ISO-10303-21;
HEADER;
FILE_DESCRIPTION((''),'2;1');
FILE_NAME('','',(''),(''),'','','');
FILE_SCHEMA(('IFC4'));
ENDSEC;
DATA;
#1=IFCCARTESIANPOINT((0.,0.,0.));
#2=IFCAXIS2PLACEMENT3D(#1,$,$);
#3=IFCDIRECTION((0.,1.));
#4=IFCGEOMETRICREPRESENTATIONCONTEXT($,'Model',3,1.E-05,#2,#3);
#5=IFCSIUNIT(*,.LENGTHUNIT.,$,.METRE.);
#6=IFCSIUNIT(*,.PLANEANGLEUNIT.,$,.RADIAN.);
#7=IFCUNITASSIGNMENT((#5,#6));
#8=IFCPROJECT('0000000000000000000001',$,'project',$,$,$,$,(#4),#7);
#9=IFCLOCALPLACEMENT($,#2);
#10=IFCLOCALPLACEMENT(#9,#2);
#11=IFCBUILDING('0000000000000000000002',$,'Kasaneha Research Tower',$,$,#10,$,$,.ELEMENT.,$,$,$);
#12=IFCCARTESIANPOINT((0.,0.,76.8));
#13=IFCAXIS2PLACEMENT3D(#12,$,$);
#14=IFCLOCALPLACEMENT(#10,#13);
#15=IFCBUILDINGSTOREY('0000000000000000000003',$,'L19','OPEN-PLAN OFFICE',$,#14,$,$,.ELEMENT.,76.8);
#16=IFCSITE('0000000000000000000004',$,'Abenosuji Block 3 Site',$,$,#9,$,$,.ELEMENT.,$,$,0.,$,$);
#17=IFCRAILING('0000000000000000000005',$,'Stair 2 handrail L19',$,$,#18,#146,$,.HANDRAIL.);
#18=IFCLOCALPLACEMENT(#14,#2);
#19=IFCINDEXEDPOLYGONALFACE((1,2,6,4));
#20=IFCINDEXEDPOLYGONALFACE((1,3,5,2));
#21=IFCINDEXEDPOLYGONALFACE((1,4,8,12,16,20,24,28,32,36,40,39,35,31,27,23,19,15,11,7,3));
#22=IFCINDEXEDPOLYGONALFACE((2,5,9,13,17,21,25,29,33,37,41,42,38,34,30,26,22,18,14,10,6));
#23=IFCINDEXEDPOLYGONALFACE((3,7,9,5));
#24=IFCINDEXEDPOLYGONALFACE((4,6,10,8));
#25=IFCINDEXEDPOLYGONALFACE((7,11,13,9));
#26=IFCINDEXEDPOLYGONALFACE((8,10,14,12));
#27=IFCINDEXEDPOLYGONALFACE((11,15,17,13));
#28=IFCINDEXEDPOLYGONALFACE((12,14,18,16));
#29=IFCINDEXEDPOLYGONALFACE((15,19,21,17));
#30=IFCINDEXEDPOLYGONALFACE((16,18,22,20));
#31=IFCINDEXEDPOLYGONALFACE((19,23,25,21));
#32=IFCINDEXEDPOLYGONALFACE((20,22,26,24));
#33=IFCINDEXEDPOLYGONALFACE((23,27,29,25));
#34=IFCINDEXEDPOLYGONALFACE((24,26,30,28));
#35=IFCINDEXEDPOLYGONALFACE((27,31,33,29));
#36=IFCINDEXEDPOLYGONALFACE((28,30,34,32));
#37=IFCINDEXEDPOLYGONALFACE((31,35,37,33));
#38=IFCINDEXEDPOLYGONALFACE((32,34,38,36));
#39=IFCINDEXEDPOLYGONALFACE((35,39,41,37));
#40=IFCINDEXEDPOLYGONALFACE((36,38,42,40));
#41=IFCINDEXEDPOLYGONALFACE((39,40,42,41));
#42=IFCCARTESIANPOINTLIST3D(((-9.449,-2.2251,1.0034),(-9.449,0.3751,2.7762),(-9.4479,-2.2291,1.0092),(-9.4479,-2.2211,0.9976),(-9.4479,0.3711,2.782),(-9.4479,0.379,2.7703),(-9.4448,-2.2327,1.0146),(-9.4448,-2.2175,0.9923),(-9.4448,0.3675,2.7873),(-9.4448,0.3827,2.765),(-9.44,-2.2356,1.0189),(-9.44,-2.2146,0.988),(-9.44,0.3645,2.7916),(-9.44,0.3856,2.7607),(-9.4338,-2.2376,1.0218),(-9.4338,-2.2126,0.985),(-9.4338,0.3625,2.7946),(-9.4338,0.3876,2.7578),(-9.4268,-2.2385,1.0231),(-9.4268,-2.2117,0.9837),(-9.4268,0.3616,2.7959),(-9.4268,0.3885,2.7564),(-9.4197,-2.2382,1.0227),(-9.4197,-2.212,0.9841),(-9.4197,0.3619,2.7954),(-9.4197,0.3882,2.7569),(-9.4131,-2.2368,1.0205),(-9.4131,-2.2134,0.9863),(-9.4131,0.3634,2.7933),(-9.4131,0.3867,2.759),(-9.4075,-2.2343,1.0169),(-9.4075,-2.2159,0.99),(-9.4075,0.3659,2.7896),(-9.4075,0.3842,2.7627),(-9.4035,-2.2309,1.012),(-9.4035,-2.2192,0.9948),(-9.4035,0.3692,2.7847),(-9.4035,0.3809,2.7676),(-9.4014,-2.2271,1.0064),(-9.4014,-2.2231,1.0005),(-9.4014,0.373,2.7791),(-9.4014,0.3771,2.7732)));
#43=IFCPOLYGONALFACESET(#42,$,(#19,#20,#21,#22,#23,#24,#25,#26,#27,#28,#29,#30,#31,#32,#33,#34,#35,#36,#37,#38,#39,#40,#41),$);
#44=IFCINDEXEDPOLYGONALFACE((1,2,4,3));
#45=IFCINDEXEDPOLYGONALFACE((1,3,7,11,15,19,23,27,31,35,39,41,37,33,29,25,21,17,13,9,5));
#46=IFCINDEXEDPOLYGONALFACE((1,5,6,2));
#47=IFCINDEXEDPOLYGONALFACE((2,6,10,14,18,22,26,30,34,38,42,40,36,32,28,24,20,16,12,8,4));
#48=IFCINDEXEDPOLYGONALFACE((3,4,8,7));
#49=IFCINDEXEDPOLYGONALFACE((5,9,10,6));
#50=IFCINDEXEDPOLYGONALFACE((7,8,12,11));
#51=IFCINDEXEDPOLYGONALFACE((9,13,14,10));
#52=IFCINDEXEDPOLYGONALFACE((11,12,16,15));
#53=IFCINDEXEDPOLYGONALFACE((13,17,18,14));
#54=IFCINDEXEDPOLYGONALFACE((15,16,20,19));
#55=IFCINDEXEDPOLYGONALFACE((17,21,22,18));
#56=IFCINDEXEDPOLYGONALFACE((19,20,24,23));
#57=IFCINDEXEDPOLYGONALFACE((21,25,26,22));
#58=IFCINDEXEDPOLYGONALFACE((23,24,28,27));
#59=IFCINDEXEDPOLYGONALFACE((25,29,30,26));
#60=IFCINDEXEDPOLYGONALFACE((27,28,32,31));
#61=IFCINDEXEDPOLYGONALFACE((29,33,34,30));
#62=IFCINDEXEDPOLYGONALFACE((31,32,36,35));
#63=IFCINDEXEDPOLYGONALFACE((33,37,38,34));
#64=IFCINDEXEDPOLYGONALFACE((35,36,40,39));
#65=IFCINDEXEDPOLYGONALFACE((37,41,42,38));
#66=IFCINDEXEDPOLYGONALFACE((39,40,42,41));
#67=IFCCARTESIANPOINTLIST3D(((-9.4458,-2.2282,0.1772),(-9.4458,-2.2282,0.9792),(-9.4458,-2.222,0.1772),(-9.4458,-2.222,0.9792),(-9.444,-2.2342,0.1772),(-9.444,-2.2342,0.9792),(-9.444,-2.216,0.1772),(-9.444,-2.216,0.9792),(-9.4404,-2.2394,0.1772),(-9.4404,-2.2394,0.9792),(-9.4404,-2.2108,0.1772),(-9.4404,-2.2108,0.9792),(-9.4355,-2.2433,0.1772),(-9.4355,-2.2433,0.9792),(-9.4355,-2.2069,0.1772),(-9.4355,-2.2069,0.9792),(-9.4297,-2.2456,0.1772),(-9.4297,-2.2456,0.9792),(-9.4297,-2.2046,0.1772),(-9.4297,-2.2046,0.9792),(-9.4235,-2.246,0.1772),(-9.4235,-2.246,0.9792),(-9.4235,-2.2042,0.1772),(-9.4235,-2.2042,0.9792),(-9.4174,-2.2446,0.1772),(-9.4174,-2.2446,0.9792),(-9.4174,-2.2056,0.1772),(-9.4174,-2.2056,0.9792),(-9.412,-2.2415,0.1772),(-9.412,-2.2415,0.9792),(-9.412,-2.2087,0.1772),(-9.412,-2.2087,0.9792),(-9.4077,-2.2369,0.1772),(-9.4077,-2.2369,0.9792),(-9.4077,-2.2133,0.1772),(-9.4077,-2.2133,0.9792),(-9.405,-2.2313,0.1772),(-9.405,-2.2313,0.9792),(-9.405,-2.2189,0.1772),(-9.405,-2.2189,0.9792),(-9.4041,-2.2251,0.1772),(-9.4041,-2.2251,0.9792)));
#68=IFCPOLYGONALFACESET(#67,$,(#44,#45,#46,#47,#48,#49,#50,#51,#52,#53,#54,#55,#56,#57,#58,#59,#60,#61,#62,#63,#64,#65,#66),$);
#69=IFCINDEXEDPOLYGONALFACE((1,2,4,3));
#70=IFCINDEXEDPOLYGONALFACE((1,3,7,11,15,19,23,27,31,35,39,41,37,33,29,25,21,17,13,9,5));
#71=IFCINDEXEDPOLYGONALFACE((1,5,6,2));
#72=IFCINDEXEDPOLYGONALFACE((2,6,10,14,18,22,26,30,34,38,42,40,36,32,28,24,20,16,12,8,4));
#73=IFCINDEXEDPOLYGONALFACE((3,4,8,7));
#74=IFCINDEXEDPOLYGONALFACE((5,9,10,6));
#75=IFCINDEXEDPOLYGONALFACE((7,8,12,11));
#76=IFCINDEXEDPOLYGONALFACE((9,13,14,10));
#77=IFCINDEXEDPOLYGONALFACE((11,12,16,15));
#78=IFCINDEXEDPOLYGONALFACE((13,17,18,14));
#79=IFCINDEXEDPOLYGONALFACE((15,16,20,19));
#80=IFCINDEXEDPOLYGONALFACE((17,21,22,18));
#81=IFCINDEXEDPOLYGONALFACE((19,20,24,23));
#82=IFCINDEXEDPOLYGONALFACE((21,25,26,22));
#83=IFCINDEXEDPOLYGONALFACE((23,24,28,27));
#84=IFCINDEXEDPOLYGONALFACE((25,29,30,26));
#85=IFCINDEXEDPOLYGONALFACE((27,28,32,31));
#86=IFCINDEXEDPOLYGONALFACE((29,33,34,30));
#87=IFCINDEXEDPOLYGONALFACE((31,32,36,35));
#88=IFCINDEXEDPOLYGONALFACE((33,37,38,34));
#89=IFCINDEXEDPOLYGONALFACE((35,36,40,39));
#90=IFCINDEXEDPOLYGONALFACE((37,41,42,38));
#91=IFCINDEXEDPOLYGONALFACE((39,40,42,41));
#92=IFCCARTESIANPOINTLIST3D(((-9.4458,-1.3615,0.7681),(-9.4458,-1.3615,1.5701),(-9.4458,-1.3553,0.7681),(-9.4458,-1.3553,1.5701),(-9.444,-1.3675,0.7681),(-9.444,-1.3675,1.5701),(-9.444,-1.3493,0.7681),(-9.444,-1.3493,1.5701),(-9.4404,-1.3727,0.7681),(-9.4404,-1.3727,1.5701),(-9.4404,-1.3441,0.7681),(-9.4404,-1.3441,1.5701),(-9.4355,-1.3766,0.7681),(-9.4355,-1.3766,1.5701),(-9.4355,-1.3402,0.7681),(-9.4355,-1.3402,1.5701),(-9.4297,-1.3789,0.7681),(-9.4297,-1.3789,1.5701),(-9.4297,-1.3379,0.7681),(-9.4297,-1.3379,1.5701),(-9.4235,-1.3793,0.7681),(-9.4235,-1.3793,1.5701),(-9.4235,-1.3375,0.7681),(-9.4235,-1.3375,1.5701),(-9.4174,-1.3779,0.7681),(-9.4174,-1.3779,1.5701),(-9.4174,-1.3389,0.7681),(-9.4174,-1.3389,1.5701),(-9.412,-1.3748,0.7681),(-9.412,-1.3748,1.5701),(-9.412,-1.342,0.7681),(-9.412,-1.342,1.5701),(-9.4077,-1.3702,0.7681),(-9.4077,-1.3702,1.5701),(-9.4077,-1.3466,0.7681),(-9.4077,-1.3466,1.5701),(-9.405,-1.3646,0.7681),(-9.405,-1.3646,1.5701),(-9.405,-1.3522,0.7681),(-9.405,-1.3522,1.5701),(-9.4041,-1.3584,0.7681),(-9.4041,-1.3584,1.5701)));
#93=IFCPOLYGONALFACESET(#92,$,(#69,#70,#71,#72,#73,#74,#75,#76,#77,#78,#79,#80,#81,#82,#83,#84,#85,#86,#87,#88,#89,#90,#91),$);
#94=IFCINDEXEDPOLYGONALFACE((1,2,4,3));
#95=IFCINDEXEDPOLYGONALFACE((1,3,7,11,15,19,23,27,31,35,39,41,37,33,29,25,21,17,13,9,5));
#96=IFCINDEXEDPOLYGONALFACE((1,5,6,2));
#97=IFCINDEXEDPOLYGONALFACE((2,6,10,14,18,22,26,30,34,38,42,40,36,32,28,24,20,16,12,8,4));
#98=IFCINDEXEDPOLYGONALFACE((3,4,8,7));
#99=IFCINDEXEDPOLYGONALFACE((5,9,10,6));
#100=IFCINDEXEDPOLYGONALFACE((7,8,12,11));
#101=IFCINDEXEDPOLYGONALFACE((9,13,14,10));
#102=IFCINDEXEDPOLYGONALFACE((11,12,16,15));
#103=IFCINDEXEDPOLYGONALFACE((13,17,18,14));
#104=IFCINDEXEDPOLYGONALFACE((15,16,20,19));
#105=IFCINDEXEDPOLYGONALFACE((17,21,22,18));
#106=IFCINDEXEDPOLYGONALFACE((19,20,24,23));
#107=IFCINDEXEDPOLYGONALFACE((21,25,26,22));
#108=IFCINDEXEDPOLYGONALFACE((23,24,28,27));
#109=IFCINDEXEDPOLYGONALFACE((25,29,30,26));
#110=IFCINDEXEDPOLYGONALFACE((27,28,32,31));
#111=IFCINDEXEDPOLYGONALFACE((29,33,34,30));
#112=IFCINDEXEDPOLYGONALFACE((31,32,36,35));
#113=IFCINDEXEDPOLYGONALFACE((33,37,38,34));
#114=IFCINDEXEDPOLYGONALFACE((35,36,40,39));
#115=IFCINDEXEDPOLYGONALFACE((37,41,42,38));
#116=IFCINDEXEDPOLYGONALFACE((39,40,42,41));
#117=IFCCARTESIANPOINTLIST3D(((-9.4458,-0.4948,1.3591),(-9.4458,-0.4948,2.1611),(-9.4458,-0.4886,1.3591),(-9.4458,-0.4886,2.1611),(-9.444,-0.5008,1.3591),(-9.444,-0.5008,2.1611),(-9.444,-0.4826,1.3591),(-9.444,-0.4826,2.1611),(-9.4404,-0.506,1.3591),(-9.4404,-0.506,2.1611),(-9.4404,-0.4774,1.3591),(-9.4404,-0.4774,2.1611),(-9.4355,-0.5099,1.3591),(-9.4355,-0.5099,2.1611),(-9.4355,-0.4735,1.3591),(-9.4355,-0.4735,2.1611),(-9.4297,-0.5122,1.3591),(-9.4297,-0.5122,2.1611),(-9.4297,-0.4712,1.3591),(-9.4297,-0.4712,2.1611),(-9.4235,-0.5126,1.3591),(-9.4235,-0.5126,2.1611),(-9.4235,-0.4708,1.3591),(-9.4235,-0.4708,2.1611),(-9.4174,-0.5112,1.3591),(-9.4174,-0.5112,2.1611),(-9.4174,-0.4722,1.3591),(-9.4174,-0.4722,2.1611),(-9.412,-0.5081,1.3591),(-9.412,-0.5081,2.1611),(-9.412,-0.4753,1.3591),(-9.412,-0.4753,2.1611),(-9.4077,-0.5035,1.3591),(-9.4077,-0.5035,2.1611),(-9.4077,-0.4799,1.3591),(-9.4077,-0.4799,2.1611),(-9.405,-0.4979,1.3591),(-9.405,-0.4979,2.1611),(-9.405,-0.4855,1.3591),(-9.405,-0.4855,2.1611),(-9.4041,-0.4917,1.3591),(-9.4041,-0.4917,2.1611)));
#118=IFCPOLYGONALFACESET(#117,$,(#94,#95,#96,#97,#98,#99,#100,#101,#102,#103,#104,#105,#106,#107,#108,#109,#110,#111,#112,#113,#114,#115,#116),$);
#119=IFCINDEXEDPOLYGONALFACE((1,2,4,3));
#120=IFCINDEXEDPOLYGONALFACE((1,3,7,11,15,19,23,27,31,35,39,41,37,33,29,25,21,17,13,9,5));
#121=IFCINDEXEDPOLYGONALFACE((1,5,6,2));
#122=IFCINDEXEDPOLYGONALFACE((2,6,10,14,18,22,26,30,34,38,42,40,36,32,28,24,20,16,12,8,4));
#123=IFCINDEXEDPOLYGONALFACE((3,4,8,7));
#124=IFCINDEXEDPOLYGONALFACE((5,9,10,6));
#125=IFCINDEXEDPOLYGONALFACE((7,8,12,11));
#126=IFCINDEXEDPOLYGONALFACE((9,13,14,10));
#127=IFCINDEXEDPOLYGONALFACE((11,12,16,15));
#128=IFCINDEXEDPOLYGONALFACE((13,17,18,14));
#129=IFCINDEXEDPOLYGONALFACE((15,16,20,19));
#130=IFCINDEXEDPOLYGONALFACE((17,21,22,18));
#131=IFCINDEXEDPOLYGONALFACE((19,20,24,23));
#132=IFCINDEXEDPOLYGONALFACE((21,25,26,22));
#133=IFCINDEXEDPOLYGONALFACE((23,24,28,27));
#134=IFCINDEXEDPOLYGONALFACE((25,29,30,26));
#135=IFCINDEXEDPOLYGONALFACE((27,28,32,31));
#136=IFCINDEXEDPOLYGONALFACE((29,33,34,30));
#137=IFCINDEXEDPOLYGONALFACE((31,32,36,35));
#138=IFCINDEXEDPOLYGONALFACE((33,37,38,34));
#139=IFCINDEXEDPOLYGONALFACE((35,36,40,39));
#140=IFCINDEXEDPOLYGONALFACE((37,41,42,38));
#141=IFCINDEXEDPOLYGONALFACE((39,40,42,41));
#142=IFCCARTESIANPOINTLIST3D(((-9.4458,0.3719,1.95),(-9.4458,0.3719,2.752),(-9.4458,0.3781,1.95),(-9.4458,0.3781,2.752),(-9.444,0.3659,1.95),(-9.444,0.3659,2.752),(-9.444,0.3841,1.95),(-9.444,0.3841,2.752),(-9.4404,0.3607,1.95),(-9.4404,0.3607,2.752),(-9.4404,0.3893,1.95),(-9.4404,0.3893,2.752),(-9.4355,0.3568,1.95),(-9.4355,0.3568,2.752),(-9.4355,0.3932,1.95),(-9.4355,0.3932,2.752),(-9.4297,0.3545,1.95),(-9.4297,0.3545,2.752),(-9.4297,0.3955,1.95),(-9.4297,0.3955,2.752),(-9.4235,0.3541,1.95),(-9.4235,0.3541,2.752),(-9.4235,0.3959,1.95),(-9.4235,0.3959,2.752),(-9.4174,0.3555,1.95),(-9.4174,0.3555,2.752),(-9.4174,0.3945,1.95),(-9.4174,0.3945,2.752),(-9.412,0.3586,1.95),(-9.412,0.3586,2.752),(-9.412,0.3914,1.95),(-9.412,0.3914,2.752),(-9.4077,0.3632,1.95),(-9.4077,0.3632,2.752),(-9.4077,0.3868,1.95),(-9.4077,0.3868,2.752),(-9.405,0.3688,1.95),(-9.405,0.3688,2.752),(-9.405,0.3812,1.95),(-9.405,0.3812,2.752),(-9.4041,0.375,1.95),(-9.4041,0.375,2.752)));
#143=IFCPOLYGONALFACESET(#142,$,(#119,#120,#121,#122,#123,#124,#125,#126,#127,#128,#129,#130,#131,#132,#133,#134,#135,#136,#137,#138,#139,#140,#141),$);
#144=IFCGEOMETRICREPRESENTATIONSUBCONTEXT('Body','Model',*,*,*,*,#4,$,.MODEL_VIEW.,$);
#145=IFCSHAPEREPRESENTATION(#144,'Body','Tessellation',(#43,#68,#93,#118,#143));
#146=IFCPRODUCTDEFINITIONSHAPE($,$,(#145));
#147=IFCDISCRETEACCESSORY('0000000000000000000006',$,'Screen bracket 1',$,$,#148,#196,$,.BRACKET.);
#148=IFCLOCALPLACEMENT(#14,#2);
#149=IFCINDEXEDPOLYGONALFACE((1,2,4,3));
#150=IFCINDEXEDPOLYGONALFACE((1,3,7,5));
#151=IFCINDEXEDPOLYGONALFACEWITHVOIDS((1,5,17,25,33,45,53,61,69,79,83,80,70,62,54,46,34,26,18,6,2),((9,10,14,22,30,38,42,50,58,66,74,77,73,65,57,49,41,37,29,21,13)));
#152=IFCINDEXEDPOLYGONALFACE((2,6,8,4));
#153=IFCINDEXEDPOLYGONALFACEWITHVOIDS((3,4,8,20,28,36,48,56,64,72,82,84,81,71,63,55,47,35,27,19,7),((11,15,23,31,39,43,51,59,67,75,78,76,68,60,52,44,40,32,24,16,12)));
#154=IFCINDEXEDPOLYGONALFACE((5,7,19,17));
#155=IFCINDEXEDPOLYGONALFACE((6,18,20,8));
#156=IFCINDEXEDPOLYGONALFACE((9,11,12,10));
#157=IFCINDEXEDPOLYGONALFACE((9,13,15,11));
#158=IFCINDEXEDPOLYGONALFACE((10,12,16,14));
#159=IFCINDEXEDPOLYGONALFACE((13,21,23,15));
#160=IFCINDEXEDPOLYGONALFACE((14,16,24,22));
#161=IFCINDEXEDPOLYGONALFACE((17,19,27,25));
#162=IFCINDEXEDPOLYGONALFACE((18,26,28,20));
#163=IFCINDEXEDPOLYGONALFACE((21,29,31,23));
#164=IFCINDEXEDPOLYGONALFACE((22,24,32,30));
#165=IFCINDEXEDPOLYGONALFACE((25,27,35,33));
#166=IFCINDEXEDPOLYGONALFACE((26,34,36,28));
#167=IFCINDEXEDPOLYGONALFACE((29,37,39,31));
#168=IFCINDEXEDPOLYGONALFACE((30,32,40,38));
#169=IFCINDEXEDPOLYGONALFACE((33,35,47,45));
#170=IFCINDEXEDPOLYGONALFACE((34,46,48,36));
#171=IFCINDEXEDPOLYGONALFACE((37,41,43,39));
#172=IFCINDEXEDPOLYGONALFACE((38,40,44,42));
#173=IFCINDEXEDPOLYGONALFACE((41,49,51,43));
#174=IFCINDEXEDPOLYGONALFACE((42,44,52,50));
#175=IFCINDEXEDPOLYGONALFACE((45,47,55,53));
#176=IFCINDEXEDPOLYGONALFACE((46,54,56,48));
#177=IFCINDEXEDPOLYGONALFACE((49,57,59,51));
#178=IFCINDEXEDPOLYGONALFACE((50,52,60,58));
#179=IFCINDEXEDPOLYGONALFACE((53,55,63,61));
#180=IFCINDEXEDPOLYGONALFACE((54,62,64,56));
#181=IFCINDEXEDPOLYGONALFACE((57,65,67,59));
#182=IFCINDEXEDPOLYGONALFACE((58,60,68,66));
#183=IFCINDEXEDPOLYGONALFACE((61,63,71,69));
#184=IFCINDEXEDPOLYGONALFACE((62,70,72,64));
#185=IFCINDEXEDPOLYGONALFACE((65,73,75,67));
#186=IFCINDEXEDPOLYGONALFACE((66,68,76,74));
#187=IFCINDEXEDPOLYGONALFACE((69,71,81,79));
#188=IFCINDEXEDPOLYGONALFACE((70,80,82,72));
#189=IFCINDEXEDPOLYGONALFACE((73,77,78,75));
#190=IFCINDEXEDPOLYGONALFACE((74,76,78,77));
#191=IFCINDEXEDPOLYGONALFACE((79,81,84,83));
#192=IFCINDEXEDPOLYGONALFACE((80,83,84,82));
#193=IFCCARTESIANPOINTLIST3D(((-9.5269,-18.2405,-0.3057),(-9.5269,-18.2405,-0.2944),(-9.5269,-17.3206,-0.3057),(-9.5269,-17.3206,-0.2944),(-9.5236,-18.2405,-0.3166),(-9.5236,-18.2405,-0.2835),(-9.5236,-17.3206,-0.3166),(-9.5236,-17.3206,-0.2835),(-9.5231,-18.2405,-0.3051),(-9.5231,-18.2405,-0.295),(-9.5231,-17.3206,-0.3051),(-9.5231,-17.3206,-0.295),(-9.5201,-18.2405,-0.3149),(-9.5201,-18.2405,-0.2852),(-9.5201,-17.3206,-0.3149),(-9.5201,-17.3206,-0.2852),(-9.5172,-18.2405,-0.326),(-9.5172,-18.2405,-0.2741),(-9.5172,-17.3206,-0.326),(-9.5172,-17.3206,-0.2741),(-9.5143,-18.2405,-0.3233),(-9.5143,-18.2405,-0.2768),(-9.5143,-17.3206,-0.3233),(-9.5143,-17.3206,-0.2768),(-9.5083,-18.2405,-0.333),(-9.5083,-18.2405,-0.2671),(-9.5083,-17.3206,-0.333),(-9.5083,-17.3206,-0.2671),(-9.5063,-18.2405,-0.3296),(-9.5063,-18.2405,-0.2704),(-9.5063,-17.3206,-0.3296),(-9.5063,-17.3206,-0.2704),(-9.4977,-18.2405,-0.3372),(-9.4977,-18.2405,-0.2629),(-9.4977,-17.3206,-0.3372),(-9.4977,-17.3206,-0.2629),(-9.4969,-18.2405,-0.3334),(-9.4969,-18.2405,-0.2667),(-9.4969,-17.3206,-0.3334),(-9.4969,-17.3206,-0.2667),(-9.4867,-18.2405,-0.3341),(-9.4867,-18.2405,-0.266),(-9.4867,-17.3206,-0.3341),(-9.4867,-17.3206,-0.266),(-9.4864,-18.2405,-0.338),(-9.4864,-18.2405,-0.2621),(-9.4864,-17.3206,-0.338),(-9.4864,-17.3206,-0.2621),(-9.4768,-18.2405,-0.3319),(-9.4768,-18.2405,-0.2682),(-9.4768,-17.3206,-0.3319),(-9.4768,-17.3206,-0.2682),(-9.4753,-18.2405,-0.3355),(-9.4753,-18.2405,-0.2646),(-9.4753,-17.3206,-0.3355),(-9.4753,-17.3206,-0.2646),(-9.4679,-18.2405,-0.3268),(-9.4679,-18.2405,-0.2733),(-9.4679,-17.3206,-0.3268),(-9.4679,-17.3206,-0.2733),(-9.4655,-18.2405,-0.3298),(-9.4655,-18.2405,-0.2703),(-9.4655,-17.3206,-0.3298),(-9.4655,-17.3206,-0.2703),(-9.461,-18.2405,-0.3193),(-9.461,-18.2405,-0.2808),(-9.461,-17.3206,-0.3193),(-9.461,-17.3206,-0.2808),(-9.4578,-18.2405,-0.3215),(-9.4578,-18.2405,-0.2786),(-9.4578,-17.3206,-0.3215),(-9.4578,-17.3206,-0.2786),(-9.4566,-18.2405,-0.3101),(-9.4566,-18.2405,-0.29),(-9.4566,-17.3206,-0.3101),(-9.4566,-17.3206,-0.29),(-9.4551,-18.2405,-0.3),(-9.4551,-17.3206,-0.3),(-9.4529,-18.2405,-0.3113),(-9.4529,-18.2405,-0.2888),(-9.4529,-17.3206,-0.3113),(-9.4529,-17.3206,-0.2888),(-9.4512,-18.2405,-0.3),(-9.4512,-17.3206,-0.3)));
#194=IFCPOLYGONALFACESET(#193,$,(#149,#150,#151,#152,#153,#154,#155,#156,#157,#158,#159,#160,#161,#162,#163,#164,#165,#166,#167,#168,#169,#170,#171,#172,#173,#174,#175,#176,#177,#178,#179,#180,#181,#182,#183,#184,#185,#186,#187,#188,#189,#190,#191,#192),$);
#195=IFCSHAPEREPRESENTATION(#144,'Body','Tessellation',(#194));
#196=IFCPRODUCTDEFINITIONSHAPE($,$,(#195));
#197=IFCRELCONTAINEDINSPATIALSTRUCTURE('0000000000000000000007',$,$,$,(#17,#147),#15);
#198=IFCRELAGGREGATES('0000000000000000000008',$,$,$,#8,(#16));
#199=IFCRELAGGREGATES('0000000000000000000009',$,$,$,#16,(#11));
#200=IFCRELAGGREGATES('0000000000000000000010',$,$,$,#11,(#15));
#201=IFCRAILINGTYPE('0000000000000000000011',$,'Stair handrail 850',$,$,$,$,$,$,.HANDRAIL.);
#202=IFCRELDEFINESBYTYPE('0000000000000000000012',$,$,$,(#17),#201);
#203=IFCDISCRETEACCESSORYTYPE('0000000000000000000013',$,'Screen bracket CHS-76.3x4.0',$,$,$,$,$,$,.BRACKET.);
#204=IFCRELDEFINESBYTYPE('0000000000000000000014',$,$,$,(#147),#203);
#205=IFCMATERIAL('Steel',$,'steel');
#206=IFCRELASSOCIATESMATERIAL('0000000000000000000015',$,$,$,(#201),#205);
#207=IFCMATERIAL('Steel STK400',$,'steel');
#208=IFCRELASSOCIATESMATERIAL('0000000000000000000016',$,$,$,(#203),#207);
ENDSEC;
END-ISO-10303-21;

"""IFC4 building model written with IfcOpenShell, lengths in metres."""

from ifc_helpers import new_model, si_unit, direction, frame, origin, origin_2d, place, context, subcontext, project, spatial, circle, hollow_circle, extrude, material, material_profile, profile_set, type_object, element, save


model = new_model("IFC4")

# Units and contexts
model_context = context("Model", 3, precision=1e-05, world=origin(), true_north=direction((0.0, 1.0)))
body_context = subcontext(model_context, "Body", "Model", "MODEL_VIEW")
ifc_project = project(units=[si_unit("LENGTHUNIT", "METRE"), si_unit("PLANEANGLEUNIT", "RADIAN")], contexts=[model_context])

# Site, building, storey
site_placement = place(None, origin())
site = spatial("IfcSite", under=ifc_project, at=site_placement, Name="Abenosuji Block 3 Site", CompositionType="ELEMENT", RefElevation=0.0)
building_placement = place(site_placement, origin())
building = spatial("IfcBuilding", under=site, at=building_placement, Name="Kasaneha Research Tower", CompositionType="ELEMENT")
storey_placement = place(building_placement, frame((0.0, 0.0, 76.8)))
storey = spatial("IfcBuildingStorey", under=building, at=storey_placement, Name="L19", Description="OPEN-PLAN OFFICE", CompositionType="ELEMENT", Elevation=76.8)

# Railing
ifc_material_1 = material(Name="Steel", Category="steel")
railing_type = type_object("IfcRailingType", Name="Stair handrail 850", PredefinedType="HANDRAIL", material=ifc_material_1)
railing_placement = place(storey_placement, frame((-9.425, -2.2251, 0.1772)))
element("IfcRailing", 1, at=railing_placement, inside=storey, type_object=railing_type, Name="Stair 2 handrail L19", PredefinedType="HANDRAIL", context=body_context, shape_type="SweptSolid", body=[
    extrude(circle(Radius=0.0239, at=origin_2d()), frame((0.0, 0.0, 0.8262), z_axis=(0.0, 0.82624, 0.563318), x_axis=(-1.0, 0.0, 0.0)), (0.0, 0.0, 1.0), 3.147),
    extrude(circle(Radius=0.021, at=origin_2d()), origin(), (0.0, 0.0, 1.0), 0.802),
    extrude(circle(Radius=0.021, at=origin_2d()), frame((0.0, 0.8667, 0.5908)), (0.0, 0.0, 1.0), 0.802),
    extrude(circle(Radius=0.021, at=origin_2d()), frame((0.0, 1.7334, 1.1819)), (0.0, 0.0, 1.0), 0.802),
    extrude(circle(Radius=0.021, at=origin_2d()), frame((0.0, 2.6001, 1.7727)), (0.0, 0.0, 1.0), 0.802),
])

# Discrete accessory
ifc_material_2 = material(Name="Steel STK400", Category="steel")
ifc_material_profile_1 = material_profile(ifc_material_2, hollow_circle(Radius=0.0381, WallThickness=0.0039, at=origin_2d()), Name="CHS-76.3x4.0")
ifc_profile_set_1 = profile_set([ifc_material_profile_1], Name="Steel STK400")
discrete_accessory_type = type_object("IfcDiscreteAccessoryType", Name="Screen bracket CHS-76.3x4.0", PredefinedType="BRACKET", material=ifc_profile_set_1)
discrete_accessory_placement = place(storey_placement, frame((-9.4893, -17.3206, -0.3), z_axis=(0.0, -1.0, 0.0), x_axis=(1.0, 0.0, 0.0)))
element("IfcDiscreteAccessory", 2, at=discrete_accessory_placement, inside=storey, type_object=discrete_accessory_type, Name="Screen bracket 1", PredefinedType="BRACKET", context=body_context, shape_type="SweptSolid", body=[
    extrude(hollow_circle(Radius=0.0381, WallThickness=0.0039, at=origin_2d()), origin(), (0.0, 0.0, 1.0), 0.9199),
])

save(model, "model.ifc")
